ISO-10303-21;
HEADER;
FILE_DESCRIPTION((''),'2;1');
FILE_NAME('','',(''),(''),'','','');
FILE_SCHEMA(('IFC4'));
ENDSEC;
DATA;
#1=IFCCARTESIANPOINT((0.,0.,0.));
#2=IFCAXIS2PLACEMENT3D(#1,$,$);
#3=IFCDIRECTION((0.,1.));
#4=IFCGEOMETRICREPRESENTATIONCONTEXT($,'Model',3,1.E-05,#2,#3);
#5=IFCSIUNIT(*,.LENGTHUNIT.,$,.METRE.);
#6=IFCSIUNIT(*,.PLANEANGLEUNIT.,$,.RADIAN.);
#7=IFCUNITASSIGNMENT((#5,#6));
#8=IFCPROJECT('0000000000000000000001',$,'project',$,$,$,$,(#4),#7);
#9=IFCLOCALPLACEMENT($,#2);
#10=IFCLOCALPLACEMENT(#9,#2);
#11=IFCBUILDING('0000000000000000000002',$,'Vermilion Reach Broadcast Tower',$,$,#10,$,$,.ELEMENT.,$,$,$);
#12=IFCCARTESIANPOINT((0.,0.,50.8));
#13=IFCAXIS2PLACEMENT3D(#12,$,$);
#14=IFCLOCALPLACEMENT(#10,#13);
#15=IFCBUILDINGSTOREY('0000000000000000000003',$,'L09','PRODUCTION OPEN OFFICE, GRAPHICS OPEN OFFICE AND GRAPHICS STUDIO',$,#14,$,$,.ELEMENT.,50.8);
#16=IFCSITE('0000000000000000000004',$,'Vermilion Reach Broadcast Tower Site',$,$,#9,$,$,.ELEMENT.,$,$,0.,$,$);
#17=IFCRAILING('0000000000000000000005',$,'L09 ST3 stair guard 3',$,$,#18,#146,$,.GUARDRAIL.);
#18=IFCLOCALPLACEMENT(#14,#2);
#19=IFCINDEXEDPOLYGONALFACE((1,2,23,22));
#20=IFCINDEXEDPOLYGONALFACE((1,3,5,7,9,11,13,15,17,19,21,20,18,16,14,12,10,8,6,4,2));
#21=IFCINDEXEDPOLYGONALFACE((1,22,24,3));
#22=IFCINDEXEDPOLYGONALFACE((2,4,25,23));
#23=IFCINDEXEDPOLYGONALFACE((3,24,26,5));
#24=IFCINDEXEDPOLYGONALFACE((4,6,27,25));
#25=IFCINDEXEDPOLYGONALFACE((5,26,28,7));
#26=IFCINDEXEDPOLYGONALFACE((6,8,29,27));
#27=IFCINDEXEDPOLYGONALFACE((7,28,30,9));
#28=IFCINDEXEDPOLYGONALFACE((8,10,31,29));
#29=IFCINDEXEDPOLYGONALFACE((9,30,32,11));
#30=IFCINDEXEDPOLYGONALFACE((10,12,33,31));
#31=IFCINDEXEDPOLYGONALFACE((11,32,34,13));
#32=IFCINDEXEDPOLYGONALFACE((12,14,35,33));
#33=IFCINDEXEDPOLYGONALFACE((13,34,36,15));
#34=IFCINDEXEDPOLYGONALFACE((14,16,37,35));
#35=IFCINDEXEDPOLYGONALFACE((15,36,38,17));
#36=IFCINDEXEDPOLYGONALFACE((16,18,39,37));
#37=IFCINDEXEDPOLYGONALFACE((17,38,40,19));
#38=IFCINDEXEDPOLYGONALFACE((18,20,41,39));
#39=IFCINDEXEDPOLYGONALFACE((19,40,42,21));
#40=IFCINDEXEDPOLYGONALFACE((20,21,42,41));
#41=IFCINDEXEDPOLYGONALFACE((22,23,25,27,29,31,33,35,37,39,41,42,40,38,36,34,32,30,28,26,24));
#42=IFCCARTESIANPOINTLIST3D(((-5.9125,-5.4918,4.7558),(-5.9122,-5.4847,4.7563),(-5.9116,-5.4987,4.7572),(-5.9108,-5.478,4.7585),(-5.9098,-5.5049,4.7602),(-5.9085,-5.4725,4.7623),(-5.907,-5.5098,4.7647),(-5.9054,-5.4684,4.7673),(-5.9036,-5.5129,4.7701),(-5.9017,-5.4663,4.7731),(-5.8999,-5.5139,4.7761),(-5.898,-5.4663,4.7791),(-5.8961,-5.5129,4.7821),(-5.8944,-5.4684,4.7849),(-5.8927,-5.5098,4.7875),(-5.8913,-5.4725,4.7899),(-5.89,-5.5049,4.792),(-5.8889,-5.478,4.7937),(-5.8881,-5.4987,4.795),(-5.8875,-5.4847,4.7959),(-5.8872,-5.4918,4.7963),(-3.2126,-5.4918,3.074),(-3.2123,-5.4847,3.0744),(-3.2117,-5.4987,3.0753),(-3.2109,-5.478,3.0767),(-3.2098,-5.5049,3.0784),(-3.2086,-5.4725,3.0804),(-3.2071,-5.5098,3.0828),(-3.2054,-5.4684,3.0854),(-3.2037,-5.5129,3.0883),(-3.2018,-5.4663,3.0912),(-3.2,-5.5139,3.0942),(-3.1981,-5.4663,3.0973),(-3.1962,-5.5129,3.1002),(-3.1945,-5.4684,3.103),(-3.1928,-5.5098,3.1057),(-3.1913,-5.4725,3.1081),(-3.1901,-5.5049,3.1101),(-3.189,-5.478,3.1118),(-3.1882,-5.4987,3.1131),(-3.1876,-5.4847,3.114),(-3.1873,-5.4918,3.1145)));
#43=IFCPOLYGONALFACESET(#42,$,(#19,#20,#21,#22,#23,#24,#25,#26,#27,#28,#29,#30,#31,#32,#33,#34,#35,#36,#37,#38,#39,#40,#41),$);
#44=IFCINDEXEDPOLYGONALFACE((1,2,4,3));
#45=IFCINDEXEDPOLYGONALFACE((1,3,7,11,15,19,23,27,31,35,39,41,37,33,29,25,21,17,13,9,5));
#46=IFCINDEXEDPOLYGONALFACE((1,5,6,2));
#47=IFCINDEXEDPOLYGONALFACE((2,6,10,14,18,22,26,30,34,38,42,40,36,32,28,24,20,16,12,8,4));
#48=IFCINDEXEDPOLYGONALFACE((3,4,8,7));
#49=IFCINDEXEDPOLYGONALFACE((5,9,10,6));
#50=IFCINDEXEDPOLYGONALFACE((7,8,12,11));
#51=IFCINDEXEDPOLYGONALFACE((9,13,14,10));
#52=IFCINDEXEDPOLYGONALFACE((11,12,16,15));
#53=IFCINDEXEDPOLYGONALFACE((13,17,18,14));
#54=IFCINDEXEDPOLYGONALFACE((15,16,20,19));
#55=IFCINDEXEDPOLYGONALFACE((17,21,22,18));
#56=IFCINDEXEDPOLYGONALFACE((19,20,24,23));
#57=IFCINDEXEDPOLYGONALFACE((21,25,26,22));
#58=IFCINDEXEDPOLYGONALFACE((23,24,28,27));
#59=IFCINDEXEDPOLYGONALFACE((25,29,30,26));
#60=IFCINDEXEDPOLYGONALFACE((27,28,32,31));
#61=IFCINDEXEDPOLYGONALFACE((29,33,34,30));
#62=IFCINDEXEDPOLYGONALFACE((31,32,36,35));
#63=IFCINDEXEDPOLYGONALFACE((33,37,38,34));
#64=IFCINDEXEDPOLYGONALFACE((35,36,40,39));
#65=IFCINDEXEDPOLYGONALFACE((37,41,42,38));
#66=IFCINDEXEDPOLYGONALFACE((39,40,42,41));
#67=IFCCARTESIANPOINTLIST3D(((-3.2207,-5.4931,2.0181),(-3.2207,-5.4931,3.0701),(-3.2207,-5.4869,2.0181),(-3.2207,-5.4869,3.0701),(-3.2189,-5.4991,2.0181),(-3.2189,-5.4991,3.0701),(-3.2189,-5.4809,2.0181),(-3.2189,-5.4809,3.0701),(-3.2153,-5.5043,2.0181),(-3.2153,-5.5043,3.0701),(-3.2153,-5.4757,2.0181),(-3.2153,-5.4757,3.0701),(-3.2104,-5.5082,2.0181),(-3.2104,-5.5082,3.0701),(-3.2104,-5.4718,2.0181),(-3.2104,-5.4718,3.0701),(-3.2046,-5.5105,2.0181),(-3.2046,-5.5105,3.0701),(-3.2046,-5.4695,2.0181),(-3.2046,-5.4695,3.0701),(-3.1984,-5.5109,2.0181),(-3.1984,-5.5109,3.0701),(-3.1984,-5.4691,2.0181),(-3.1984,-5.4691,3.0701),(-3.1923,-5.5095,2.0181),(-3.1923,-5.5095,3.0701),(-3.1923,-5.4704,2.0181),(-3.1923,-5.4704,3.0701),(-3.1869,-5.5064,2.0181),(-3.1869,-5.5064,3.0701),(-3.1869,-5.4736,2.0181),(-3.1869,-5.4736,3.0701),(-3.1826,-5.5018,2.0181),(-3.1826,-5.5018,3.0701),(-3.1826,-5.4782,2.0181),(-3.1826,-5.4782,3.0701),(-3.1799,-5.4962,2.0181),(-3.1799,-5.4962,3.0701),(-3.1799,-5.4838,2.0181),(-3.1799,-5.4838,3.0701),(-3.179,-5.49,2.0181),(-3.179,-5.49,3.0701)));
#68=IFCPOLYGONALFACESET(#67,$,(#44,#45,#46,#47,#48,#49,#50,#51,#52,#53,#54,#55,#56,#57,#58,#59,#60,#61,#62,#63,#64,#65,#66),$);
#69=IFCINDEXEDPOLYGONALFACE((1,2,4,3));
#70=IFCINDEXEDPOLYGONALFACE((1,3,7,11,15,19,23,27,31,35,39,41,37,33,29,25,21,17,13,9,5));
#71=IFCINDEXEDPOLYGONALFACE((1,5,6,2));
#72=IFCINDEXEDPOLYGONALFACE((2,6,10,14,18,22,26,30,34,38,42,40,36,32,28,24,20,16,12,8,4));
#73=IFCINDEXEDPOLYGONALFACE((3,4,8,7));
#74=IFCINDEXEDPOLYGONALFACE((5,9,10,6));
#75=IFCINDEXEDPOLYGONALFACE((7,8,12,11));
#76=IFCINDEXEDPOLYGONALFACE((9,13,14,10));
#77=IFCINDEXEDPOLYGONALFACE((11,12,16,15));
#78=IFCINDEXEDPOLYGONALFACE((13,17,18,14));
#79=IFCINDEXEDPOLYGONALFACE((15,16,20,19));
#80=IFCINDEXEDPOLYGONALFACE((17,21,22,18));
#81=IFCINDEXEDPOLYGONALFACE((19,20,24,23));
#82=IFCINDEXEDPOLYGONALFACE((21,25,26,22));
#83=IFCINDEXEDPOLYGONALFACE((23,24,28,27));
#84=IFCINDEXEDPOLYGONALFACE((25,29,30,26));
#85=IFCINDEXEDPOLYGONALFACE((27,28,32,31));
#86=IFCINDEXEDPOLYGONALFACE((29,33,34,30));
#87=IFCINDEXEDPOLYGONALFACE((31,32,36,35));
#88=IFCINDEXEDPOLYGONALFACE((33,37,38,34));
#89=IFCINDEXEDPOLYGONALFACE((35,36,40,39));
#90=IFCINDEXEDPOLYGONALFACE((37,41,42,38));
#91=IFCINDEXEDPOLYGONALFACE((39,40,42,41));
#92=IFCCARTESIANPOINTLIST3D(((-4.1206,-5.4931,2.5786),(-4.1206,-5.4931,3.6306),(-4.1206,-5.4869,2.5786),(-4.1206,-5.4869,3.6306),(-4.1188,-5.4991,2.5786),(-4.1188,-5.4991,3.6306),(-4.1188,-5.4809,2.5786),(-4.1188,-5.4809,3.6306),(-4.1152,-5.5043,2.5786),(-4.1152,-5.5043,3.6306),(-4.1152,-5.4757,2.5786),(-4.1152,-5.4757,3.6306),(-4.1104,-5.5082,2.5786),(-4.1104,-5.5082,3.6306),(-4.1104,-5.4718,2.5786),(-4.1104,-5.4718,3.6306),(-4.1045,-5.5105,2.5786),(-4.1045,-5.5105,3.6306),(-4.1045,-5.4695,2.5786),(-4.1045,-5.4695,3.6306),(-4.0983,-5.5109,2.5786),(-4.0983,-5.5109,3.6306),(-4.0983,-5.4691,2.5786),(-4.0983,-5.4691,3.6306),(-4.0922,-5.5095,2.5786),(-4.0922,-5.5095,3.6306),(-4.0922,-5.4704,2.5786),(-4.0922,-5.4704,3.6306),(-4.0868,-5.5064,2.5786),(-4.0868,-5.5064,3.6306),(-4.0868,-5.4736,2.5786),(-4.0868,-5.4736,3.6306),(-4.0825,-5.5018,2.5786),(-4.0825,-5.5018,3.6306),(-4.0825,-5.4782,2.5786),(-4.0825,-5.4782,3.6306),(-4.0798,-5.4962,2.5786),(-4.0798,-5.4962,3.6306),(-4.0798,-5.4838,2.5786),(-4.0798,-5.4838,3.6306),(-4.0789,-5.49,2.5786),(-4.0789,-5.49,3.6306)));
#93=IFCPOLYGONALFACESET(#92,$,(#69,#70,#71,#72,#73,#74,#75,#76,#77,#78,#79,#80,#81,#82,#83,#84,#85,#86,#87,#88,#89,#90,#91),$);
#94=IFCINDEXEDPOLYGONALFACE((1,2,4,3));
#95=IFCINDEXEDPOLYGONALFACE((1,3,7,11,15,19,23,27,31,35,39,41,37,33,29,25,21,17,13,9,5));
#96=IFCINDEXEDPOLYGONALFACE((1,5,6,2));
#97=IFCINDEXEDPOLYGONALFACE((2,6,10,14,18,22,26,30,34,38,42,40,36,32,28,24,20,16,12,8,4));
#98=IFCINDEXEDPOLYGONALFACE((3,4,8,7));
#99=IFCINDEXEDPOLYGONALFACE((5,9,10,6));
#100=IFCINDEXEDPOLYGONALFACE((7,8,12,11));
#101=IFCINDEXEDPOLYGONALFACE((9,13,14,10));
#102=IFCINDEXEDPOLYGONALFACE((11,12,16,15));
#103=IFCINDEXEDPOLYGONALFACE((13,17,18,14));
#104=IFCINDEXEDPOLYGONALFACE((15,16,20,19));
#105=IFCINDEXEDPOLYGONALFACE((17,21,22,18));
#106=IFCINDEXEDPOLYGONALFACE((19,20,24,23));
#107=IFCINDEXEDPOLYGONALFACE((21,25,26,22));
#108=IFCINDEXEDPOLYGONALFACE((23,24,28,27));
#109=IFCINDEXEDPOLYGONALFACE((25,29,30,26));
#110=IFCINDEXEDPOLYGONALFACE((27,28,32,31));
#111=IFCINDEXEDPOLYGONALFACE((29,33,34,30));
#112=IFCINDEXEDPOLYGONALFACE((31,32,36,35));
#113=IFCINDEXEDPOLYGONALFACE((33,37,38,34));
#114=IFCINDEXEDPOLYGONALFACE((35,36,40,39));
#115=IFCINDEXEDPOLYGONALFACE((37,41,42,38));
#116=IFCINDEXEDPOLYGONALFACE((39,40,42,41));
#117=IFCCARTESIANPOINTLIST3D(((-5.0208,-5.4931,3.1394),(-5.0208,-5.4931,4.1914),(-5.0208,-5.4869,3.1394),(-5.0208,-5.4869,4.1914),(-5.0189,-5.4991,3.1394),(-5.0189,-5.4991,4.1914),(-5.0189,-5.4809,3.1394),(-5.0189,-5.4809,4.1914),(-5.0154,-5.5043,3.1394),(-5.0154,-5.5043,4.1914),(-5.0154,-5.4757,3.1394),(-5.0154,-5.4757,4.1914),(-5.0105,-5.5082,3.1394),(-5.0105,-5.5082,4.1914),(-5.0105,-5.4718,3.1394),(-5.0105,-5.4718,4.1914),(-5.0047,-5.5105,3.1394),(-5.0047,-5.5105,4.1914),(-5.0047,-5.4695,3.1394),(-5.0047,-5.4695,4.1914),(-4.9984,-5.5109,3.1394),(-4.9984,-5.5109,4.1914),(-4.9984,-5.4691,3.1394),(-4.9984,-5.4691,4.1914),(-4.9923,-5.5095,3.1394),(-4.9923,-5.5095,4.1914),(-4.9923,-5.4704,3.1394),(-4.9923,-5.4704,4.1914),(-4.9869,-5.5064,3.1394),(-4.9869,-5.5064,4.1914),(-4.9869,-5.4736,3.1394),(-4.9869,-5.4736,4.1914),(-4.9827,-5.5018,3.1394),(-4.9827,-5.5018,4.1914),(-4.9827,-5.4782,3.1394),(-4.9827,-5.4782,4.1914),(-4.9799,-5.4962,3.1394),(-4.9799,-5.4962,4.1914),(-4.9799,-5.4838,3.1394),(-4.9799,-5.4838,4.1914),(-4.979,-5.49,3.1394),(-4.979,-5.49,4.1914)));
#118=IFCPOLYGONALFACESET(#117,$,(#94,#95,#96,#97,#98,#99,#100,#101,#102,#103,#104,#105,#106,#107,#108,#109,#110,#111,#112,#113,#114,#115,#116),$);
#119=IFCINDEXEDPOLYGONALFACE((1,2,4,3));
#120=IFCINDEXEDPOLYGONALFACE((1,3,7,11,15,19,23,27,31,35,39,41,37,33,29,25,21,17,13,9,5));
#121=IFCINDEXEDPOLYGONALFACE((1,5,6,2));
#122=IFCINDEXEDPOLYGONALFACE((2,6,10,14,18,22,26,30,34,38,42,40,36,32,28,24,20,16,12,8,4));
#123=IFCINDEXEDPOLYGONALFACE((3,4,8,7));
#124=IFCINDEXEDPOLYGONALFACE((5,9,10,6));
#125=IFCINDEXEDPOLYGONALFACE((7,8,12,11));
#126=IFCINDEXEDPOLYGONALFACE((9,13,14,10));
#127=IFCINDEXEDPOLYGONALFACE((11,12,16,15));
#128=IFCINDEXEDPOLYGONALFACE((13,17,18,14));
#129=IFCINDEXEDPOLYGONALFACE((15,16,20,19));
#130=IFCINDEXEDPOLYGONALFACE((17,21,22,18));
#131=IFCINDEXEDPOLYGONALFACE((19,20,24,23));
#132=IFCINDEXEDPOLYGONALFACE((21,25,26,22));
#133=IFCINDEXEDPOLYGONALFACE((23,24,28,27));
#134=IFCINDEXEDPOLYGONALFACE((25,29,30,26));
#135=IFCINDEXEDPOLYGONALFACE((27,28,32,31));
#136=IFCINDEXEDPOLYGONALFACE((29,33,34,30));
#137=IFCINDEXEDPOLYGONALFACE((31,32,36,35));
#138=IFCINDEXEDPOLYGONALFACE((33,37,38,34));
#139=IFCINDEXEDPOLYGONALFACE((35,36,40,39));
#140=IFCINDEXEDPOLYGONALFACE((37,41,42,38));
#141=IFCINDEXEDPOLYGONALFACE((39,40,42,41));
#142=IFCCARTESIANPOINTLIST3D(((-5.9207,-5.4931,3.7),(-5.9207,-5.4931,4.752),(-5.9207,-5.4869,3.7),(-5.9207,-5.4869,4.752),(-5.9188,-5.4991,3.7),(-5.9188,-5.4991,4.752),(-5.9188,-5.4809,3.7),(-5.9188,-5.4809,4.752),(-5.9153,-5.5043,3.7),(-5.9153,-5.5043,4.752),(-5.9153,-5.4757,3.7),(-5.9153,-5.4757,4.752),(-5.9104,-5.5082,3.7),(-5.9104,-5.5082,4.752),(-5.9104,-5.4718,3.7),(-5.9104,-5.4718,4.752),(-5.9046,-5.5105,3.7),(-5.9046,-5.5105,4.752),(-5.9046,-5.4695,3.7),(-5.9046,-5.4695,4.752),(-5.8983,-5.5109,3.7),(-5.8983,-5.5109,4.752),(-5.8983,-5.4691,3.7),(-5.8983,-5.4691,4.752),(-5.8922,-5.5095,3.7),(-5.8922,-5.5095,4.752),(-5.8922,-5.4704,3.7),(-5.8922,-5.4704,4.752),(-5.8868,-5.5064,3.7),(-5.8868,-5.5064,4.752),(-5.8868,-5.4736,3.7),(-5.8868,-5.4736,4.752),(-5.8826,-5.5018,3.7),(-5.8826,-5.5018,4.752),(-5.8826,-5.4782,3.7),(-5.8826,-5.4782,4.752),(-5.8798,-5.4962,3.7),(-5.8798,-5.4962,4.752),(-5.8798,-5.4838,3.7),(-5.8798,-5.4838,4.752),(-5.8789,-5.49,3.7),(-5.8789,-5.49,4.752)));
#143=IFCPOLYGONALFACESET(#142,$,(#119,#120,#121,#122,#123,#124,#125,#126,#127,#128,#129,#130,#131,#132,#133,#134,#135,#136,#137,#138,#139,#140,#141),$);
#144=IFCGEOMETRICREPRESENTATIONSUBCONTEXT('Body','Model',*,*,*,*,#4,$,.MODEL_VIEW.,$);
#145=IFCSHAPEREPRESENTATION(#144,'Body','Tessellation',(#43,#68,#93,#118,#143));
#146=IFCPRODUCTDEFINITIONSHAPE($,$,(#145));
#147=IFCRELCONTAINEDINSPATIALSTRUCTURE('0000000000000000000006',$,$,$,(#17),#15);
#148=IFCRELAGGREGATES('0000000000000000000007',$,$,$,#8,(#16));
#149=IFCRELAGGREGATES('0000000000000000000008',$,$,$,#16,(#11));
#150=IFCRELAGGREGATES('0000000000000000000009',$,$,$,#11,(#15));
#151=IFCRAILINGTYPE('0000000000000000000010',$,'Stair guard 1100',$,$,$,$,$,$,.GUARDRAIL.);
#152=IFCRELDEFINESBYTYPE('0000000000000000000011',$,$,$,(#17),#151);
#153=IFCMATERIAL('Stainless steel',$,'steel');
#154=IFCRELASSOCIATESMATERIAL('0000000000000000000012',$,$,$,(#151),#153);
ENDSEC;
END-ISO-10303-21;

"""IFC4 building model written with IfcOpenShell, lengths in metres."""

from ifc_helpers import new_model, si_unit, direction, frame, origin, origin_2d, place, context, subcontext, project, spatial, circle, extrude, material, type_object, element, save


model = new_model("IFC4")

# Units and contexts
model_context = context("Model", 3, precision=1e-05, world=origin(), true_north=direction((0.0, 1.0)))
body_context = subcontext(model_context, "Body", "Model", "MODEL_VIEW")
ifc_project = project(units=[si_unit("LENGTHUNIT", "METRE"), si_unit("PLANEANGLEUNIT", "RADIAN")], contexts=[model_context])

# Site, building, storey
site_placement = place(None, origin())
site = spatial("IfcSite", under=ifc_project, at=site_placement, Name="Vermilion Reach Broadcast Tower Site", CompositionType="ELEMENT", RefElevation=0.0)
building_placement = place(site_placement, origin())
building = spatial("IfcBuilding", under=site, at=building_placement, Name="Vermilion Reach Broadcast Tower", CompositionType="ELEMENT")
storey_placement = place(building_placement, frame((0.0, 0.0, 50.8)))
storey = spatial("IfcBuildingStorey", under=building, at=storey_placement, Name="L09", Description="PRODUCTION OPEN OFFICE, GRAPHICS OPEN OFFICE AND GRAPHICS STUDIO", CompositionType="ELEMENT", Elevation=50.8)

# Railing
ifc_material_1 = material(Name="Stainless steel", Category="steel")
railing_type_1 = type_object("IfcRailingType", Name="Stair guard 1100", PredefinedType="GUARDRAIL", material=ifc_material_1)
railing_1_placement = place(storey_placement, frame((-3.2, -5.49, 2.0181)))
element("IfcRailing", 1, at=railing_1_placement, inside=storey, type_object=railing_type_1, Name="L09 ST3 stair guard 3", PredefinedType="GUARDRAIL", context=body_context, shape_type="SweptSolid", body=[
    extrude(circle(Radius=0.0239, at=origin_2d()), frame((0.0, 0.0, 1.0762), z_axis=(-0.848786, 0.0, 0.528736), x_axis=(0.0, -1.0, 0.0)), (0.0, 0.0, 1.0), 3.1809),
    extrude(circle(Radius=0.021, at=origin_2d()), origin(), (0.0, 0.0, 1.0), 1.052),
    extrude(circle(Radius=0.021, at=origin_2d()), frame((-0.8999, 0.0, 0.5605)), (0.0, 0.0, 1.0), 1.052),
    extrude(circle(Radius=0.021, at=origin_2d()), frame((-1.8, 0.0, 1.1213)), (0.0, 0.0, 1.0), 1.052),
    extrude(circle(Radius=0.021, at=origin_2d()), frame((-2.7, 0.0, 1.6819)), (0.0, 0.0, 1.0), 1.052),
])

save(model, "model.ifc")
